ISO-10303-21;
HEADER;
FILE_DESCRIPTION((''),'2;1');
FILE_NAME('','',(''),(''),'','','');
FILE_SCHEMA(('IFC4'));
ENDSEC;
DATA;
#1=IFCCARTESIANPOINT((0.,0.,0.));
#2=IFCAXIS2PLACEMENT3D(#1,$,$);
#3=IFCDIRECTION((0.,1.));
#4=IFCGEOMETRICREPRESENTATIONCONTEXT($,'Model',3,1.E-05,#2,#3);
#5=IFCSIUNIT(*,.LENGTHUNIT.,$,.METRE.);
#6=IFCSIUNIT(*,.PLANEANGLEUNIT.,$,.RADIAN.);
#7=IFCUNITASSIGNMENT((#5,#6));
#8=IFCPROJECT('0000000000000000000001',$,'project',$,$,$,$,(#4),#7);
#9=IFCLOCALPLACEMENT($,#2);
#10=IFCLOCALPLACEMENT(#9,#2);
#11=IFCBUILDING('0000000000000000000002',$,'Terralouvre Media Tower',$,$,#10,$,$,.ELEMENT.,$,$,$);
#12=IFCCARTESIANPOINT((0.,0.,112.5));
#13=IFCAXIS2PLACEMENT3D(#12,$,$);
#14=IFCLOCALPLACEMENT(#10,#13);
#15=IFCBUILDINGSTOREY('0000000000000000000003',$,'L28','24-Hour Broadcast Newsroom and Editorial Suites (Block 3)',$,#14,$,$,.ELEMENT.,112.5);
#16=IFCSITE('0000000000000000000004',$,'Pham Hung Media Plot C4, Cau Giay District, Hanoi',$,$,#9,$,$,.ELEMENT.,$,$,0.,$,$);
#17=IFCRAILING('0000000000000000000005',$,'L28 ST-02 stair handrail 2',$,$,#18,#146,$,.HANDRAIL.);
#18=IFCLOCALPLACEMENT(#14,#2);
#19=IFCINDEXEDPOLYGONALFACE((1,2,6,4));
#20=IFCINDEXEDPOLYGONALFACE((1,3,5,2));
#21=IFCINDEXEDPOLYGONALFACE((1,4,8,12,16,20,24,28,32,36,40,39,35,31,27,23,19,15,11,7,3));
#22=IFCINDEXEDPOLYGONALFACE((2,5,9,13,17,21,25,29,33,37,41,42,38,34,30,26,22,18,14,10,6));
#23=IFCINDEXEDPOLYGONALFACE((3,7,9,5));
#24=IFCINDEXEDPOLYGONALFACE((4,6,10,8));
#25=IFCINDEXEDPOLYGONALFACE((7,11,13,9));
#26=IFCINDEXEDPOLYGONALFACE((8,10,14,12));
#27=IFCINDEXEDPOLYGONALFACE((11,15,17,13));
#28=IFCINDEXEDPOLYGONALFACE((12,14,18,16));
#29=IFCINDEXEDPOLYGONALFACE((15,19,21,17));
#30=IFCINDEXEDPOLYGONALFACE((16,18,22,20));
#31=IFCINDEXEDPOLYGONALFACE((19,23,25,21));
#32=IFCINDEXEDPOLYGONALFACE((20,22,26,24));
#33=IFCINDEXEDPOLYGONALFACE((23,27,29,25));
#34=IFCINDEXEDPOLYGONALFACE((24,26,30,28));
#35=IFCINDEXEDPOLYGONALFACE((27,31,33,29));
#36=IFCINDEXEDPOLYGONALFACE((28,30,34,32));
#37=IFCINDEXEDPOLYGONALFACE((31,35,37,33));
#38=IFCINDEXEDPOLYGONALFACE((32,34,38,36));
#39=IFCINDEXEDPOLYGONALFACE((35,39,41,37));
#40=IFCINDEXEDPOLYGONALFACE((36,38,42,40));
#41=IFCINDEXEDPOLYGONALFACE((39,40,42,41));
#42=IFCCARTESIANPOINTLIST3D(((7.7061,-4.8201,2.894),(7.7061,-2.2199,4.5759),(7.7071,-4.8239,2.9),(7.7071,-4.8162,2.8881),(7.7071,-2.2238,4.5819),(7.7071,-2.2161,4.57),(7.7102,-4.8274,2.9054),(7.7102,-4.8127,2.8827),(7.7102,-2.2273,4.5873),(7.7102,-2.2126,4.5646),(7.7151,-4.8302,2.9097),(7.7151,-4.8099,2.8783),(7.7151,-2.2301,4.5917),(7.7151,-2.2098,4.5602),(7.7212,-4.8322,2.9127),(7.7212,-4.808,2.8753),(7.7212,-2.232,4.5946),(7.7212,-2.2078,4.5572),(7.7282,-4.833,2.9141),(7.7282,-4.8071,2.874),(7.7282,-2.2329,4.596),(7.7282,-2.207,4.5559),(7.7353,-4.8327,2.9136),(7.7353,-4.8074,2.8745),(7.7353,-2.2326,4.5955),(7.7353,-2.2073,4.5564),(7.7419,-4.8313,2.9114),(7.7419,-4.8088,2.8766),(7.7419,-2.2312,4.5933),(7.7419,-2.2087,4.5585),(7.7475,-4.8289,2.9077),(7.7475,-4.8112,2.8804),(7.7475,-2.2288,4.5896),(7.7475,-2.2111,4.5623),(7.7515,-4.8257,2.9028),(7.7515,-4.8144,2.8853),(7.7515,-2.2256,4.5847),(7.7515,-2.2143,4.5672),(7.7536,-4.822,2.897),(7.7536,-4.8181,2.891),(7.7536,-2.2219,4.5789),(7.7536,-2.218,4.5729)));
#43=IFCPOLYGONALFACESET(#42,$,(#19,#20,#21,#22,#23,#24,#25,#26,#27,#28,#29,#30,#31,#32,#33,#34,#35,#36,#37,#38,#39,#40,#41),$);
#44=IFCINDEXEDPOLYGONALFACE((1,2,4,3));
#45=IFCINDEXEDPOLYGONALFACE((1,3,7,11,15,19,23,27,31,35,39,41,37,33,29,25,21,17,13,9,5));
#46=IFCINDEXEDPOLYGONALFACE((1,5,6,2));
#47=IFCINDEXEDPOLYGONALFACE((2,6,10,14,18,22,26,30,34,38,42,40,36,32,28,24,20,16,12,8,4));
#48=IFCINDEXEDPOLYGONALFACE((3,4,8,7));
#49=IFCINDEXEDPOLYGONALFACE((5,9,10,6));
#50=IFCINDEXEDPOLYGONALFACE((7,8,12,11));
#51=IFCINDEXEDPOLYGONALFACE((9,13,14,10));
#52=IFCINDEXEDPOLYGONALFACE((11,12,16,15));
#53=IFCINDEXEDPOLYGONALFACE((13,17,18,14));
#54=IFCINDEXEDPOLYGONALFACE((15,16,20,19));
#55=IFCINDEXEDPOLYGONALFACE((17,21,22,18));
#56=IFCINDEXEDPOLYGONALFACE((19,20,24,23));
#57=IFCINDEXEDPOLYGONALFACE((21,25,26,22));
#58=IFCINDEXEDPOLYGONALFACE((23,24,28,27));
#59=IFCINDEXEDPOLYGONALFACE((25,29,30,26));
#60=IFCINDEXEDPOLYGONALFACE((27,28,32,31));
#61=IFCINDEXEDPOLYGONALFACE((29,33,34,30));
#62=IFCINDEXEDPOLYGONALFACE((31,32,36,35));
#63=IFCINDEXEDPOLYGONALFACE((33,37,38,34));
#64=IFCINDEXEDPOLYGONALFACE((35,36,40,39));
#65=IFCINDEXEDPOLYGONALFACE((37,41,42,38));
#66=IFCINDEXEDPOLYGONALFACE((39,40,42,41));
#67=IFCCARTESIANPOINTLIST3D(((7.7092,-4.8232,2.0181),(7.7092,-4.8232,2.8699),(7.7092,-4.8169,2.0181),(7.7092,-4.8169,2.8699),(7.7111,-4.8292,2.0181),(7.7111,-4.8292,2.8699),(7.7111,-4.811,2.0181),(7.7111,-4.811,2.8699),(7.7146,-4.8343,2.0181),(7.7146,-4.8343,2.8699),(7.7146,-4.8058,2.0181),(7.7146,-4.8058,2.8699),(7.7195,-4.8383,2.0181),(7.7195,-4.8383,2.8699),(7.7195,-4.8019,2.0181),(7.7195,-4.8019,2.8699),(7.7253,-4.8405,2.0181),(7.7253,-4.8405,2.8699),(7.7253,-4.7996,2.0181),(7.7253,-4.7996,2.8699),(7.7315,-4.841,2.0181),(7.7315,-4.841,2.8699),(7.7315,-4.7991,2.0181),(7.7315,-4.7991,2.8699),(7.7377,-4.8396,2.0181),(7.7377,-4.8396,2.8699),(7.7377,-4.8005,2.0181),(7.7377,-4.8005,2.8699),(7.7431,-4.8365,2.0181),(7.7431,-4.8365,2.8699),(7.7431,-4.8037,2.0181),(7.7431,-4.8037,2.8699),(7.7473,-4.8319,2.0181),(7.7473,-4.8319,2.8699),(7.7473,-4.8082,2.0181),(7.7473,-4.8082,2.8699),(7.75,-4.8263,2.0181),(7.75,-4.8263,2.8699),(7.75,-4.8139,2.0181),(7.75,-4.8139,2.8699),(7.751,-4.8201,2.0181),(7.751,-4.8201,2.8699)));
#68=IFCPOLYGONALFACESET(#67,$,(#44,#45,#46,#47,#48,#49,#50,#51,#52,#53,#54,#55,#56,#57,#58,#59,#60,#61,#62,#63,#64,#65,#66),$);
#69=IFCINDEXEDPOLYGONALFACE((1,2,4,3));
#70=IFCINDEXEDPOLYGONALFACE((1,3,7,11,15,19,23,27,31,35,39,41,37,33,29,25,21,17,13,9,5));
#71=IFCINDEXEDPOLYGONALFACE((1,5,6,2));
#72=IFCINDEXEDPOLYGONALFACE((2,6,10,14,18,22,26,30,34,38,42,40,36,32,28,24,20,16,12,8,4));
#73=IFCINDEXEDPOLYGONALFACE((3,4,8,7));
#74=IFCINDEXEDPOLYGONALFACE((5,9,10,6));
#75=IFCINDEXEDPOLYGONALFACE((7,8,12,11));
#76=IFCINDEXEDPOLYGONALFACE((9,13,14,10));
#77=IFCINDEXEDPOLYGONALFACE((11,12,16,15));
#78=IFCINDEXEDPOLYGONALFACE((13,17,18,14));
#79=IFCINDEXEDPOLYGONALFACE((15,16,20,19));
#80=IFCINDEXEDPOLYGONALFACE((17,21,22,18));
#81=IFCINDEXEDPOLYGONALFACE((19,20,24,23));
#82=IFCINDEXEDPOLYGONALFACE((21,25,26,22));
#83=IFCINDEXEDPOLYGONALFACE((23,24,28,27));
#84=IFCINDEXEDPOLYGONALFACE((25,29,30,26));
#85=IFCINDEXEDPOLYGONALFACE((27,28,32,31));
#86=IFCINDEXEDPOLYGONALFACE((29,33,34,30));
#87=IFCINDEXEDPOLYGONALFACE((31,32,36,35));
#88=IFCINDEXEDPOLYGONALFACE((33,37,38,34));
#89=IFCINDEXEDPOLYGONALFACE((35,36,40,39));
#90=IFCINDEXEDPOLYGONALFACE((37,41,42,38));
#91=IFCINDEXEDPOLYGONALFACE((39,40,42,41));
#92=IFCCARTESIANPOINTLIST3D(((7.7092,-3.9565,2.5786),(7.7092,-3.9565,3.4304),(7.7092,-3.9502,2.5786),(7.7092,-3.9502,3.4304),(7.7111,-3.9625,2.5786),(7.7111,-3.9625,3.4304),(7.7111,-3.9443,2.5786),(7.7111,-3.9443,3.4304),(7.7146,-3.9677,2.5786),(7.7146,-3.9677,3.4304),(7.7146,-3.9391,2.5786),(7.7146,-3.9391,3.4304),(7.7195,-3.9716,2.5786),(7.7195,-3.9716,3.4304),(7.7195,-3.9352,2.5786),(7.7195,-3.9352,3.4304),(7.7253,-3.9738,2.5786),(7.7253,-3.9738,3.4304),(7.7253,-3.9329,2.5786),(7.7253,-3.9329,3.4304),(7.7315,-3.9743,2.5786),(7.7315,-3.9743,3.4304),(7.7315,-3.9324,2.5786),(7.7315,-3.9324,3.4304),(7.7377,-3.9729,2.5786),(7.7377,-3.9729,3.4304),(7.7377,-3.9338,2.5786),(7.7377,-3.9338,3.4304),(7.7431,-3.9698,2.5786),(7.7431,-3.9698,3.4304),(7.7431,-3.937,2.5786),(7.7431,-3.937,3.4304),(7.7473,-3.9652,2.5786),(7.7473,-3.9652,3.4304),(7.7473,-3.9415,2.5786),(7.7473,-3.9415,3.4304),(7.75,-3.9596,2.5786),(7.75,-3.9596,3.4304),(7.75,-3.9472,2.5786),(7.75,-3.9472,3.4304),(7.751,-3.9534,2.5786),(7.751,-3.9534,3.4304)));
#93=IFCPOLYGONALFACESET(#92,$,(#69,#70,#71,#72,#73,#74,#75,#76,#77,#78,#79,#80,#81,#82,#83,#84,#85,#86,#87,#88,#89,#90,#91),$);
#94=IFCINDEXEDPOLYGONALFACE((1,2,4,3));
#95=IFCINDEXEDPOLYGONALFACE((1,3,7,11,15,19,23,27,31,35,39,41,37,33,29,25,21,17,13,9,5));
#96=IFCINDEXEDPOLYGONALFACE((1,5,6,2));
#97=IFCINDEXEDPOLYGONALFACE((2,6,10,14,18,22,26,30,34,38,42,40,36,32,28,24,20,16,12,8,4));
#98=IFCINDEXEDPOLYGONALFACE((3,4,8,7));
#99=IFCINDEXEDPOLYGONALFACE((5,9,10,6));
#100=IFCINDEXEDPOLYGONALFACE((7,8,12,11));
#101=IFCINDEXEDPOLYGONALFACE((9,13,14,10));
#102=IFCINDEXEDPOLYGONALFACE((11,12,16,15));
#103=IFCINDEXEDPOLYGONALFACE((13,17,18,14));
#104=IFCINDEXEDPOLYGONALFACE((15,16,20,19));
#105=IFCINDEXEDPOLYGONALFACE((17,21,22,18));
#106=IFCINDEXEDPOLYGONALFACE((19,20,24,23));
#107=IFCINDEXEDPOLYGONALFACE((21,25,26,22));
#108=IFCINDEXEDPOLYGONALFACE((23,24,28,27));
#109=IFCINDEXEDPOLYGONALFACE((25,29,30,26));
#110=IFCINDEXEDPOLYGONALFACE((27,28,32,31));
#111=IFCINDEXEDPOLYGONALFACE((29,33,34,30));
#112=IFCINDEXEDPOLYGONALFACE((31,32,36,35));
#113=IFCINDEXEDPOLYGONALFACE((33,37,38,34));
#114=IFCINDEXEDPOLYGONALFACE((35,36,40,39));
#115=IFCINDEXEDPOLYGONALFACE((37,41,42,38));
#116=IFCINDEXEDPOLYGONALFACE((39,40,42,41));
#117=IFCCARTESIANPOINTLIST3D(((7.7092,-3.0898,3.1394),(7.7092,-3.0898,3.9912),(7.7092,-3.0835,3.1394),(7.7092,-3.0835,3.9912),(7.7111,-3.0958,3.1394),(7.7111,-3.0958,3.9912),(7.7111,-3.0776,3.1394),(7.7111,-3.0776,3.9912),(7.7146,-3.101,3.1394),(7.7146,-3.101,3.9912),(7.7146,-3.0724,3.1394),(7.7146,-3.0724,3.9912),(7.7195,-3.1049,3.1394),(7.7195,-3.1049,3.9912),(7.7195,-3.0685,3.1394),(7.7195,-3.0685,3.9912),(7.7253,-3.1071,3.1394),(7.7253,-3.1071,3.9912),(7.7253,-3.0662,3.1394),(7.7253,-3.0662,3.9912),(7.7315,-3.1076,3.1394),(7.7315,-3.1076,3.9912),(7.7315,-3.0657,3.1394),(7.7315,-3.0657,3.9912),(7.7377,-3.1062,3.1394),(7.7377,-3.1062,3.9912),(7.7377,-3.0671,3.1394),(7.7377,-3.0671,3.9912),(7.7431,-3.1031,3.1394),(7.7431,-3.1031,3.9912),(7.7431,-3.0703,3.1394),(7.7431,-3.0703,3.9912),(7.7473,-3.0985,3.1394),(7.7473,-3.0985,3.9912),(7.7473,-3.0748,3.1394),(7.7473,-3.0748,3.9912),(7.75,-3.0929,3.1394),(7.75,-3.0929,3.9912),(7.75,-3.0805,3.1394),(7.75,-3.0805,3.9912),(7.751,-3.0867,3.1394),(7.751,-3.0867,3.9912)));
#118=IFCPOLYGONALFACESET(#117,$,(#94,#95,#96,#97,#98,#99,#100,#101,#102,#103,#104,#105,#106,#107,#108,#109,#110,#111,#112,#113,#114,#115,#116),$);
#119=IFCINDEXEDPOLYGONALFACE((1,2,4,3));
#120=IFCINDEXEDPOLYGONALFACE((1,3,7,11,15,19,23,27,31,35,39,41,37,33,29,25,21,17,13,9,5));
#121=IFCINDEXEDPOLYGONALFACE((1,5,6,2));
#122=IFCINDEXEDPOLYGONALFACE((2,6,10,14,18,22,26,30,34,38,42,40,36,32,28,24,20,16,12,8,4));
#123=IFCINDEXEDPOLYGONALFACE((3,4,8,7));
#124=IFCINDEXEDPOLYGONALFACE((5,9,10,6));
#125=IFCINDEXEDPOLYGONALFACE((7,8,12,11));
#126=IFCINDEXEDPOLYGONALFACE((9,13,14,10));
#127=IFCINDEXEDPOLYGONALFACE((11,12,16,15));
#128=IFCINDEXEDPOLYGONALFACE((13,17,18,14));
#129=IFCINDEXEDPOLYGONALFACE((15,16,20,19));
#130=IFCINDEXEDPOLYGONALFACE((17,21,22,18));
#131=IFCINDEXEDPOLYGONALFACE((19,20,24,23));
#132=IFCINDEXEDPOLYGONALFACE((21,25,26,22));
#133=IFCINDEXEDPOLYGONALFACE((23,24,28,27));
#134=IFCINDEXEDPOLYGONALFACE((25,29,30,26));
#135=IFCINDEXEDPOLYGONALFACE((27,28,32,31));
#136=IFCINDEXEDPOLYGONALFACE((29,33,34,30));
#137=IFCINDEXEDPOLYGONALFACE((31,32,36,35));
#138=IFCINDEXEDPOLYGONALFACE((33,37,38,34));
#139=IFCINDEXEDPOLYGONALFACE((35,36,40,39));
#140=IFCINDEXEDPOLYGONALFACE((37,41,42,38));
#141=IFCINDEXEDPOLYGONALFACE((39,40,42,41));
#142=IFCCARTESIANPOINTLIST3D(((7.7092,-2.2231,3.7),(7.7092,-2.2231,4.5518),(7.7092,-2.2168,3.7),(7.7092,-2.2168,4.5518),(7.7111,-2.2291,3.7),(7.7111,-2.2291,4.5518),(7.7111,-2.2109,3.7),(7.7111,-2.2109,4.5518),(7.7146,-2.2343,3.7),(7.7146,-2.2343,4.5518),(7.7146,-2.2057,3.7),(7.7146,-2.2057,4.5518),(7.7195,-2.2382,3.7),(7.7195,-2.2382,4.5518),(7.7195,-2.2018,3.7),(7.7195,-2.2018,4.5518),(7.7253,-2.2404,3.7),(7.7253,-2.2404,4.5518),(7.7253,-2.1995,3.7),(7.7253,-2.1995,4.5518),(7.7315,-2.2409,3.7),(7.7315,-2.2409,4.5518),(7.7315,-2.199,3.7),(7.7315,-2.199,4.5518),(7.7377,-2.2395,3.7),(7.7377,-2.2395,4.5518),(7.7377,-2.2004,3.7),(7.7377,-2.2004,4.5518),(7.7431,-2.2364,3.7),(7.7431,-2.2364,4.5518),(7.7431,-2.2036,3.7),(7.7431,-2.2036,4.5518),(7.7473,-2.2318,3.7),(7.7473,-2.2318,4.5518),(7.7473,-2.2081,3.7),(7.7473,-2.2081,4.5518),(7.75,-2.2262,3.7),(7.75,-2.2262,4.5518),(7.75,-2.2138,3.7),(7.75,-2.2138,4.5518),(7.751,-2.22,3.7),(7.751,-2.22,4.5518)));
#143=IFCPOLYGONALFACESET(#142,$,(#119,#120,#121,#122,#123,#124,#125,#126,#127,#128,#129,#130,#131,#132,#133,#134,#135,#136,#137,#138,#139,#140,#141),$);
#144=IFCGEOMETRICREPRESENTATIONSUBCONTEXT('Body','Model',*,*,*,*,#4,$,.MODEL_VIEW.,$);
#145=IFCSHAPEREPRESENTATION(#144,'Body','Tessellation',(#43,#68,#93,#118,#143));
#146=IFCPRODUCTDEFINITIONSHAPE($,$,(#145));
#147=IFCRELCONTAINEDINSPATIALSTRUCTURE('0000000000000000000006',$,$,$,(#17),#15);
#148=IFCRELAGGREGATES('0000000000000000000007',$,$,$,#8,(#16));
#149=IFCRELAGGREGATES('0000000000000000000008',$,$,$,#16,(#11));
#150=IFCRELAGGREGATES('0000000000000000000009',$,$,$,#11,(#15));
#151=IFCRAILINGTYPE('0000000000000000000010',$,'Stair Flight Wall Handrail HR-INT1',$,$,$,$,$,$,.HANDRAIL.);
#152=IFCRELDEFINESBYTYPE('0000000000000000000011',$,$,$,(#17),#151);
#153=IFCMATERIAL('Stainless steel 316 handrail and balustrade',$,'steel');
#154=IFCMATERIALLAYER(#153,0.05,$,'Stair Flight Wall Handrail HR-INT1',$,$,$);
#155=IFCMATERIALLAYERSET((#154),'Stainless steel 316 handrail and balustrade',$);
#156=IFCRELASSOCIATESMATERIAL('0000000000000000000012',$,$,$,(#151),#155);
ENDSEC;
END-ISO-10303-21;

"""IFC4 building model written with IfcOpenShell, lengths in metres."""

from ifc_helpers import new_model, si_unit, direction, frame, origin, origin_2d, place, context, subcontext, project, spatial, circle, extrude, material, layer, layer_set, type_object, element, save


model = new_model("IFC4")

# Units and contexts
model_context = context("Model", 3, precision=1e-05, world=origin(), true_north=direction((0.0, 1.0)))
body_context = subcontext(model_context, "Body", "Model", "MODEL_VIEW")
ifc_project = project(units=[si_unit("LENGTHUNIT", "METRE"), si_unit("PLANEANGLEUNIT", "RADIAN")], contexts=[model_context])

# Site, building, storey
site_placement = place(None, origin())
site = spatial("IfcSite", under=ifc_project, at=site_placement, Name="Pham Hung Media Plot C4, Cau Giay District, Hanoi", CompositionType="ELEMENT", RefElevation=0.0)
building_placement = place(site_placement, origin())
building = spatial("IfcBuilding", under=site, at=building_placement, Name="Terralouvre Media Tower", CompositionType="ELEMENT")
storey_placement = place(building_placement, frame((0.0, 0.0, 112.5)))
storey = spatial("IfcBuildingStorey", under=building, at=storey_placement, Name="L28", Description="24-Hour Broadcast Newsroom and Editorial Suites (Block 3)", CompositionType="ELEMENT", Elevation=112.5)

# Railing
ifc_material_1 = material(Name="Stainless steel 316 handrail and balustrade", Category="steel")
ifc_layer_1 = layer(ifc_material_1, 0.05, Name="Stair Flight Wall Handrail HR-INT1")
ifc_layer_set_1 = layer_set([ifc_layer_1], Name="Stainless steel 316 handrail and balustrade")
railing_type_1 = type_object("IfcRailingType", Name="Stair Flight Wall Handrail HR-INT1", PredefinedType="HANDRAIL", material=ifc_layer_set_1)
railing_1_placement = place(storey_placement, frame((7.73, -4.8201, 2.0181)))
element("IfcRailing", 1, at=railing_1_placement, inside=storey, type_object=railing_type_1, Name="L28 ST-02 stair handrail 2", PredefinedType="HANDRAIL", context=body_context, shape_type="SweptSolid", body=[
    extrude(circle(Radius=0.0239, at=origin_2d()), frame((0.0, 0.0, 0.876), z_axis=(0.0, 0.839648, 0.54313), x_axis=(-1.0, 0.0, 0.0)), (0.0, 0.0, 1.0), 3.0967),
    extrude(circle(Radius=0.021, at=origin_2d()), origin(), (0.0, 0.0, 1.0), 0.8518),
    extrude(circle(Radius=0.021, at=origin_2d()), frame((0.0, 0.8667, 0.5605)), (0.0, 0.0, 1.0), 0.8518),
    extrude(circle(Radius=0.021, at=origin_2d()), frame((0.0, 1.7334, 1.1213)), (0.0, 0.0, 1.0), 0.8518),
    extrude(circle(Radius=0.021, at=origin_2d()), frame((0.0, 2.6001, 1.6819)), (0.0, 0.0, 1.0), 0.8518),
])

save(model, "model.ifc")
